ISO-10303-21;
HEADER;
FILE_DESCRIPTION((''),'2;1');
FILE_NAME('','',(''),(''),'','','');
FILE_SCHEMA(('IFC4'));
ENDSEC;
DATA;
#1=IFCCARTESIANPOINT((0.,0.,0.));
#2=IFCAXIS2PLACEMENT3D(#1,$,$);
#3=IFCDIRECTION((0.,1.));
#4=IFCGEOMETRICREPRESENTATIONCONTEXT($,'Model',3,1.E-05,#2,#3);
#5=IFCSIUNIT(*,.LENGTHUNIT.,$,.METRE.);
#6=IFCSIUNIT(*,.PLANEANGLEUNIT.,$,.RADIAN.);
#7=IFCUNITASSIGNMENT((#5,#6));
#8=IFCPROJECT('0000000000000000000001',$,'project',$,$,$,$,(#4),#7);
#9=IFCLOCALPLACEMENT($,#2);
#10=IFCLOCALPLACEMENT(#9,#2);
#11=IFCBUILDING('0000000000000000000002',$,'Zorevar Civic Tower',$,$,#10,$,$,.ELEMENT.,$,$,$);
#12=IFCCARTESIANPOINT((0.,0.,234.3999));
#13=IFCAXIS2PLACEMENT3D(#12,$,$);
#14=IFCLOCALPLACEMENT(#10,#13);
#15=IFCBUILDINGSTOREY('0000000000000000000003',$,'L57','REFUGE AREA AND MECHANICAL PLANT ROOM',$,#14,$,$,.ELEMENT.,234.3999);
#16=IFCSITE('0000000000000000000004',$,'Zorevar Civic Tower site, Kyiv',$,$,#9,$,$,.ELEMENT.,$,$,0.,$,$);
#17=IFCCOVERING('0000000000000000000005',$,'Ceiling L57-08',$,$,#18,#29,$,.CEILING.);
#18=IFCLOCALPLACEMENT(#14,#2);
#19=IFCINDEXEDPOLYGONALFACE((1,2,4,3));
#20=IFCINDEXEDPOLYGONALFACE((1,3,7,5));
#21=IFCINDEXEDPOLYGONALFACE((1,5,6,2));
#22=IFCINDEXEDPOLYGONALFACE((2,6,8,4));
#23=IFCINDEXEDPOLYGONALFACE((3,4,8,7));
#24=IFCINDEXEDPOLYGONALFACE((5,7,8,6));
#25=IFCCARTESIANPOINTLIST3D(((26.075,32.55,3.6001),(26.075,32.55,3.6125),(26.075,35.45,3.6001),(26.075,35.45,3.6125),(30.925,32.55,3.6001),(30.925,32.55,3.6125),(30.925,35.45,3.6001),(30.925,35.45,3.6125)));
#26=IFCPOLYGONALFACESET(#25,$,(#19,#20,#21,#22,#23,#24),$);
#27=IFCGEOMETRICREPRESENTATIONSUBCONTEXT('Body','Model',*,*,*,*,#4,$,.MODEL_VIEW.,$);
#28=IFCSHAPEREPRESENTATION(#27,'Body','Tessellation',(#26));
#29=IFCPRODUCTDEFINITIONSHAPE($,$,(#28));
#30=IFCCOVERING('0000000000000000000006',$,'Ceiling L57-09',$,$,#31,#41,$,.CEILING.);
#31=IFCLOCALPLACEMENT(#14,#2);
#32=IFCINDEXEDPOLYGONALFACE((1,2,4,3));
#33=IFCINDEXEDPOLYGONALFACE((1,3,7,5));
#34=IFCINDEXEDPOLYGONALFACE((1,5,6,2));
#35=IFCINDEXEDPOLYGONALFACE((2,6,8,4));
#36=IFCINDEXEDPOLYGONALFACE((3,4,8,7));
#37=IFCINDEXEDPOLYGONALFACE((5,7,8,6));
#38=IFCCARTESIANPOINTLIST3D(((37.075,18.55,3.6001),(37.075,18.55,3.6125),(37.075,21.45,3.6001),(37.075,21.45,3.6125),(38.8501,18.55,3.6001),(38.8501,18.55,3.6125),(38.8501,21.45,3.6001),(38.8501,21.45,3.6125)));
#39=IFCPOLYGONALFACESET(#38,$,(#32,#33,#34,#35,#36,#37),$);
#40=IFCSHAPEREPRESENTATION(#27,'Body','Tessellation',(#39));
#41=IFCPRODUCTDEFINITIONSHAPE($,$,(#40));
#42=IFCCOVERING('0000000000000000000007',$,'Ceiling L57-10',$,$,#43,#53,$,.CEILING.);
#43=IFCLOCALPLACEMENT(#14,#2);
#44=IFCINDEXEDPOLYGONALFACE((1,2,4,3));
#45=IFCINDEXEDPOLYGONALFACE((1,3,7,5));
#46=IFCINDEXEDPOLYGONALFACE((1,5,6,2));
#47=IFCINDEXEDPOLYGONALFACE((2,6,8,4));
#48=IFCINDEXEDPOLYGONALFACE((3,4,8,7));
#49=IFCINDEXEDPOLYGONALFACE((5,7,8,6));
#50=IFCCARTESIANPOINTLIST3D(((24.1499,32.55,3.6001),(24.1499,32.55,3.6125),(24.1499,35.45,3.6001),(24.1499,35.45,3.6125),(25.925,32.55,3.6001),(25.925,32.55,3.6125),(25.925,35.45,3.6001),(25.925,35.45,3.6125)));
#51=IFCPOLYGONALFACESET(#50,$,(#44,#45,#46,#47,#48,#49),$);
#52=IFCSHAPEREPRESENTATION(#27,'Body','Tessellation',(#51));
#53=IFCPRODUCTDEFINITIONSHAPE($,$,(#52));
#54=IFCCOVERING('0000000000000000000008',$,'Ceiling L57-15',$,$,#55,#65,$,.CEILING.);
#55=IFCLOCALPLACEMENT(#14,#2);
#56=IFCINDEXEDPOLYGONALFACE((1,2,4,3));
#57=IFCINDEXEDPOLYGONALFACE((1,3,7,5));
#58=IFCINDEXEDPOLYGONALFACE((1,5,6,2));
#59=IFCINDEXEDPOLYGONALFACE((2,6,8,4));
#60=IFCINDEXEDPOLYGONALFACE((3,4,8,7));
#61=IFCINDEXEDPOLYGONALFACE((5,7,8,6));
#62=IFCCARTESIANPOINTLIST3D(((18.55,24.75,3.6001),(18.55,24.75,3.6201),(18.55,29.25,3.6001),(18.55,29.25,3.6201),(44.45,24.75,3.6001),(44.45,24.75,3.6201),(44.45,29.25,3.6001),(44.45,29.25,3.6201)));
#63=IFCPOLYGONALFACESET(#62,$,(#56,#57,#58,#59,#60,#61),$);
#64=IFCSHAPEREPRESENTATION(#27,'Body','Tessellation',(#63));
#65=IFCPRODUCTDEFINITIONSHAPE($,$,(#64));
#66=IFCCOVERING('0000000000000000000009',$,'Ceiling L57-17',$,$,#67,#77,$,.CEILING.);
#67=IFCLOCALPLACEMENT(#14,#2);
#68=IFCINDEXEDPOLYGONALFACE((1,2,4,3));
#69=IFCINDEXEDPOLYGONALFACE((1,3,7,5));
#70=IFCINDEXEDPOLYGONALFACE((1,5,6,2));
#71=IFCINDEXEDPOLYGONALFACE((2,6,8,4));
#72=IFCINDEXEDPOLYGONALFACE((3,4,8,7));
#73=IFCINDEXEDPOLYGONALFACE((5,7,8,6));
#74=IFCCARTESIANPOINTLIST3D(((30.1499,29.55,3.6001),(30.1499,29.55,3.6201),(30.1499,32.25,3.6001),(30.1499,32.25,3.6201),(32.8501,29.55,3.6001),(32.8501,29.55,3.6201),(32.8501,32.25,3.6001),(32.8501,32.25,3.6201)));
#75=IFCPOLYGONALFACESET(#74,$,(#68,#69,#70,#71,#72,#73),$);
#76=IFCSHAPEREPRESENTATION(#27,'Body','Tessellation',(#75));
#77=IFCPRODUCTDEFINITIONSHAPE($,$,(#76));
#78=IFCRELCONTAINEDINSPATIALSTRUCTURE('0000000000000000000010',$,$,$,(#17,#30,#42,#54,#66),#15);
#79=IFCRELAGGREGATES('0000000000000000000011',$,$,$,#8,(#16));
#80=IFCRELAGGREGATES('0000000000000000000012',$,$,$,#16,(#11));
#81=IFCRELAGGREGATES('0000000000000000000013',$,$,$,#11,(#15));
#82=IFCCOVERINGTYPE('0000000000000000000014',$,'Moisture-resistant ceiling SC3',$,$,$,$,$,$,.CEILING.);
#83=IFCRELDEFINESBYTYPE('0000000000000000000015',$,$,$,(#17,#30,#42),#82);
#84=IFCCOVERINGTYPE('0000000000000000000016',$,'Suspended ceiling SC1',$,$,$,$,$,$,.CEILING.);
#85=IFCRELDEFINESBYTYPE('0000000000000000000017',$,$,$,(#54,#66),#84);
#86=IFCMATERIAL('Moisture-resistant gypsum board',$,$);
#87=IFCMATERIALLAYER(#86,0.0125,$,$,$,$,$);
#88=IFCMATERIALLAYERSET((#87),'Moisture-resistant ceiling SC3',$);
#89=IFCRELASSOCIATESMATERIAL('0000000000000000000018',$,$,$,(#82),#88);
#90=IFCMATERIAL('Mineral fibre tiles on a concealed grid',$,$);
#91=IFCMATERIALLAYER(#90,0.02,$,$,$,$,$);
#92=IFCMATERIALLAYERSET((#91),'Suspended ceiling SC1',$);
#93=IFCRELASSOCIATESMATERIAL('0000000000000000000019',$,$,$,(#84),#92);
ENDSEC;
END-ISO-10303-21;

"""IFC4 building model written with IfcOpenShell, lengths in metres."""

from ifc_helpers import new_model, si_unit, direction, frame, origin, place, context, subcontext, project, spatial, polyline, outline, extrude, material, layer, layer_set, type_object, element, save


model = new_model("IFC4")

# Units and contexts
model_context = context("Model", 3, precision=1e-05, world=origin(), true_north=direction((0.0, 1.0)))
body_context = subcontext(model_context, "Body", "Model", "MODEL_VIEW")
ifc_project = project(units=[si_unit("LENGTHUNIT", "METRE"), si_unit("PLANEANGLEUNIT", "RADIAN")], contexts=[model_context])

# Site, building, storey
site_placement = place(None, origin())
site = spatial("IfcSite", under=ifc_project, at=site_placement, Name="Zorevar Civic Tower site, Kyiv", CompositionType="ELEMENT", RefElevation=0.0)
building_placement = place(site_placement, origin())
building = spatial("IfcBuilding", under=site, at=building_placement, Name="Zorevar Civic Tower", CompositionType="ELEMENT")
storey_placement = place(building_placement, frame((0.0, 0.0, 234.3999)))
storey = spatial("IfcBuildingStorey", under=building, at=storey_placement, Name="L57", Description="REFUGE AREA AND MECHANICAL PLANT ROOM", CompositionType="ELEMENT", Elevation=234.3999)

# Coverings
ifc_material_1 = material(Name="Moisture-resistant gypsum board")
ifc_layer_1 = layer(ifc_material_1, 0.0125)
ifc_layer_set_1 = layer_set([ifc_layer_1], Name="Moisture-resistant ceiling SC3")
covering_type_1 = type_object("IfcCoveringType", Name="Moisture-resistant ceiling SC3", PredefinedType="CEILING", material=ifc_layer_set_1)
covering_1_placement = place(storey_placement, frame((0.0, 0.0, 3.6001)))
element("IfcCovering", 1, at=covering_1_placement, inside=storey, type_object=covering_type_1, Name="Ceiling L57-08", PredefinedType="CEILING", context=body_context, shape_type="SweptSolid", body=[
    extrude(outline(polyline([(30.925, 32.55), (30.925, 35.45), (26.075, 35.45), (26.075, 32.55), (30.925, 32.55)])), origin(), (0.0, 0.0, 1.0), 0.0125),
])
covering_2_placement = place(storey_placement, frame((0.0, 0.0, 3.6001)))
element("IfcCovering", 2, at=covering_2_placement, inside=storey, type_object=covering_type_1, Name="Ceiling L57-09", PredefinedType="CEILING", context=body_context, shape_type="SweptSolid", body=[
    extrude(outline(polyline([(38.8501, 18.55), (38.8501, 21.45), (37.075, 21.45), (37.075, 18.55), (38.8501, 18.55)])), origin(), (0.0, 0.0, 1.0), 0.0125),
])
covering_3_placement = place(storey_placement, frame((0.0, 0.0, 3.6001)))
element("IfcCovering", 3, at=covering_3_placement, inside=storey, type_object=covering_type_1, Name="Ceiling L57-10", PredefinedType="CEILING", context=body_context, shape_type="SweptSolid", body=[
    extrude(outline(polyline([(25.925, 32.55), (25.925, 35.45), (24.1499, 35.45), (24.1499, 32.55), (25.925, 32.55)])), origin(), (0.0, 0.0, 1.0), 0.0125),
])
ifc_material_2 = material(Name="Mineral fibre tiles on a concealed grid")
ifc_layer_2 = layer(ifc_material_2, 0.02)
ifc_layer_set_2 = layer_set([ifc_layer_2], Name="Suspended ceiling SC1")
covering_type_2 = type_object("IfcCoveringType", Name="Suspended ceiling SC1", PredefinedType="CEILING", material=ifc_layer_set_2)
covering_4_placement = place(storey_placement, frame((0.0, 0.0, 3.6001)))
element("IfcCovering", 4, at=covering_4_placement, inside=storey, type_object=covering_type_2, Name="Ceiling L57-15", PredefinedType="CEILING", context=body_context, shape_type="SweptSolid", body=[
    extrude(outline(polyline([(44.45, 24.75), (44.45, 29.25), (18.55, 29.25), (18.55, 24.75), (44.45, 24.75)])), origin(), (0.0, 0.0, 1.0), 0.02),
])
covering_5_placement = place(storey_placement, frame((0.0, 0.0, 3.6001)))
element("IfcCovering", 5, at=covering_5_placement, inside=storey, type_object=covering_type_2, Name="Ceiling L57-17", PredefinedType="CEILING", context=body_context, shape_type="SweptSolid", body=[
    extrude(outline(polyline([(32.8501, 29.55), (32.8501, 32.25), (30.1499, 32.25), (30.1499, 29.55), (32.8501, 29.55)])), origin(), (0.0, 0.0, 1.0), 0.02),
])

save(model, "model.ifc")
